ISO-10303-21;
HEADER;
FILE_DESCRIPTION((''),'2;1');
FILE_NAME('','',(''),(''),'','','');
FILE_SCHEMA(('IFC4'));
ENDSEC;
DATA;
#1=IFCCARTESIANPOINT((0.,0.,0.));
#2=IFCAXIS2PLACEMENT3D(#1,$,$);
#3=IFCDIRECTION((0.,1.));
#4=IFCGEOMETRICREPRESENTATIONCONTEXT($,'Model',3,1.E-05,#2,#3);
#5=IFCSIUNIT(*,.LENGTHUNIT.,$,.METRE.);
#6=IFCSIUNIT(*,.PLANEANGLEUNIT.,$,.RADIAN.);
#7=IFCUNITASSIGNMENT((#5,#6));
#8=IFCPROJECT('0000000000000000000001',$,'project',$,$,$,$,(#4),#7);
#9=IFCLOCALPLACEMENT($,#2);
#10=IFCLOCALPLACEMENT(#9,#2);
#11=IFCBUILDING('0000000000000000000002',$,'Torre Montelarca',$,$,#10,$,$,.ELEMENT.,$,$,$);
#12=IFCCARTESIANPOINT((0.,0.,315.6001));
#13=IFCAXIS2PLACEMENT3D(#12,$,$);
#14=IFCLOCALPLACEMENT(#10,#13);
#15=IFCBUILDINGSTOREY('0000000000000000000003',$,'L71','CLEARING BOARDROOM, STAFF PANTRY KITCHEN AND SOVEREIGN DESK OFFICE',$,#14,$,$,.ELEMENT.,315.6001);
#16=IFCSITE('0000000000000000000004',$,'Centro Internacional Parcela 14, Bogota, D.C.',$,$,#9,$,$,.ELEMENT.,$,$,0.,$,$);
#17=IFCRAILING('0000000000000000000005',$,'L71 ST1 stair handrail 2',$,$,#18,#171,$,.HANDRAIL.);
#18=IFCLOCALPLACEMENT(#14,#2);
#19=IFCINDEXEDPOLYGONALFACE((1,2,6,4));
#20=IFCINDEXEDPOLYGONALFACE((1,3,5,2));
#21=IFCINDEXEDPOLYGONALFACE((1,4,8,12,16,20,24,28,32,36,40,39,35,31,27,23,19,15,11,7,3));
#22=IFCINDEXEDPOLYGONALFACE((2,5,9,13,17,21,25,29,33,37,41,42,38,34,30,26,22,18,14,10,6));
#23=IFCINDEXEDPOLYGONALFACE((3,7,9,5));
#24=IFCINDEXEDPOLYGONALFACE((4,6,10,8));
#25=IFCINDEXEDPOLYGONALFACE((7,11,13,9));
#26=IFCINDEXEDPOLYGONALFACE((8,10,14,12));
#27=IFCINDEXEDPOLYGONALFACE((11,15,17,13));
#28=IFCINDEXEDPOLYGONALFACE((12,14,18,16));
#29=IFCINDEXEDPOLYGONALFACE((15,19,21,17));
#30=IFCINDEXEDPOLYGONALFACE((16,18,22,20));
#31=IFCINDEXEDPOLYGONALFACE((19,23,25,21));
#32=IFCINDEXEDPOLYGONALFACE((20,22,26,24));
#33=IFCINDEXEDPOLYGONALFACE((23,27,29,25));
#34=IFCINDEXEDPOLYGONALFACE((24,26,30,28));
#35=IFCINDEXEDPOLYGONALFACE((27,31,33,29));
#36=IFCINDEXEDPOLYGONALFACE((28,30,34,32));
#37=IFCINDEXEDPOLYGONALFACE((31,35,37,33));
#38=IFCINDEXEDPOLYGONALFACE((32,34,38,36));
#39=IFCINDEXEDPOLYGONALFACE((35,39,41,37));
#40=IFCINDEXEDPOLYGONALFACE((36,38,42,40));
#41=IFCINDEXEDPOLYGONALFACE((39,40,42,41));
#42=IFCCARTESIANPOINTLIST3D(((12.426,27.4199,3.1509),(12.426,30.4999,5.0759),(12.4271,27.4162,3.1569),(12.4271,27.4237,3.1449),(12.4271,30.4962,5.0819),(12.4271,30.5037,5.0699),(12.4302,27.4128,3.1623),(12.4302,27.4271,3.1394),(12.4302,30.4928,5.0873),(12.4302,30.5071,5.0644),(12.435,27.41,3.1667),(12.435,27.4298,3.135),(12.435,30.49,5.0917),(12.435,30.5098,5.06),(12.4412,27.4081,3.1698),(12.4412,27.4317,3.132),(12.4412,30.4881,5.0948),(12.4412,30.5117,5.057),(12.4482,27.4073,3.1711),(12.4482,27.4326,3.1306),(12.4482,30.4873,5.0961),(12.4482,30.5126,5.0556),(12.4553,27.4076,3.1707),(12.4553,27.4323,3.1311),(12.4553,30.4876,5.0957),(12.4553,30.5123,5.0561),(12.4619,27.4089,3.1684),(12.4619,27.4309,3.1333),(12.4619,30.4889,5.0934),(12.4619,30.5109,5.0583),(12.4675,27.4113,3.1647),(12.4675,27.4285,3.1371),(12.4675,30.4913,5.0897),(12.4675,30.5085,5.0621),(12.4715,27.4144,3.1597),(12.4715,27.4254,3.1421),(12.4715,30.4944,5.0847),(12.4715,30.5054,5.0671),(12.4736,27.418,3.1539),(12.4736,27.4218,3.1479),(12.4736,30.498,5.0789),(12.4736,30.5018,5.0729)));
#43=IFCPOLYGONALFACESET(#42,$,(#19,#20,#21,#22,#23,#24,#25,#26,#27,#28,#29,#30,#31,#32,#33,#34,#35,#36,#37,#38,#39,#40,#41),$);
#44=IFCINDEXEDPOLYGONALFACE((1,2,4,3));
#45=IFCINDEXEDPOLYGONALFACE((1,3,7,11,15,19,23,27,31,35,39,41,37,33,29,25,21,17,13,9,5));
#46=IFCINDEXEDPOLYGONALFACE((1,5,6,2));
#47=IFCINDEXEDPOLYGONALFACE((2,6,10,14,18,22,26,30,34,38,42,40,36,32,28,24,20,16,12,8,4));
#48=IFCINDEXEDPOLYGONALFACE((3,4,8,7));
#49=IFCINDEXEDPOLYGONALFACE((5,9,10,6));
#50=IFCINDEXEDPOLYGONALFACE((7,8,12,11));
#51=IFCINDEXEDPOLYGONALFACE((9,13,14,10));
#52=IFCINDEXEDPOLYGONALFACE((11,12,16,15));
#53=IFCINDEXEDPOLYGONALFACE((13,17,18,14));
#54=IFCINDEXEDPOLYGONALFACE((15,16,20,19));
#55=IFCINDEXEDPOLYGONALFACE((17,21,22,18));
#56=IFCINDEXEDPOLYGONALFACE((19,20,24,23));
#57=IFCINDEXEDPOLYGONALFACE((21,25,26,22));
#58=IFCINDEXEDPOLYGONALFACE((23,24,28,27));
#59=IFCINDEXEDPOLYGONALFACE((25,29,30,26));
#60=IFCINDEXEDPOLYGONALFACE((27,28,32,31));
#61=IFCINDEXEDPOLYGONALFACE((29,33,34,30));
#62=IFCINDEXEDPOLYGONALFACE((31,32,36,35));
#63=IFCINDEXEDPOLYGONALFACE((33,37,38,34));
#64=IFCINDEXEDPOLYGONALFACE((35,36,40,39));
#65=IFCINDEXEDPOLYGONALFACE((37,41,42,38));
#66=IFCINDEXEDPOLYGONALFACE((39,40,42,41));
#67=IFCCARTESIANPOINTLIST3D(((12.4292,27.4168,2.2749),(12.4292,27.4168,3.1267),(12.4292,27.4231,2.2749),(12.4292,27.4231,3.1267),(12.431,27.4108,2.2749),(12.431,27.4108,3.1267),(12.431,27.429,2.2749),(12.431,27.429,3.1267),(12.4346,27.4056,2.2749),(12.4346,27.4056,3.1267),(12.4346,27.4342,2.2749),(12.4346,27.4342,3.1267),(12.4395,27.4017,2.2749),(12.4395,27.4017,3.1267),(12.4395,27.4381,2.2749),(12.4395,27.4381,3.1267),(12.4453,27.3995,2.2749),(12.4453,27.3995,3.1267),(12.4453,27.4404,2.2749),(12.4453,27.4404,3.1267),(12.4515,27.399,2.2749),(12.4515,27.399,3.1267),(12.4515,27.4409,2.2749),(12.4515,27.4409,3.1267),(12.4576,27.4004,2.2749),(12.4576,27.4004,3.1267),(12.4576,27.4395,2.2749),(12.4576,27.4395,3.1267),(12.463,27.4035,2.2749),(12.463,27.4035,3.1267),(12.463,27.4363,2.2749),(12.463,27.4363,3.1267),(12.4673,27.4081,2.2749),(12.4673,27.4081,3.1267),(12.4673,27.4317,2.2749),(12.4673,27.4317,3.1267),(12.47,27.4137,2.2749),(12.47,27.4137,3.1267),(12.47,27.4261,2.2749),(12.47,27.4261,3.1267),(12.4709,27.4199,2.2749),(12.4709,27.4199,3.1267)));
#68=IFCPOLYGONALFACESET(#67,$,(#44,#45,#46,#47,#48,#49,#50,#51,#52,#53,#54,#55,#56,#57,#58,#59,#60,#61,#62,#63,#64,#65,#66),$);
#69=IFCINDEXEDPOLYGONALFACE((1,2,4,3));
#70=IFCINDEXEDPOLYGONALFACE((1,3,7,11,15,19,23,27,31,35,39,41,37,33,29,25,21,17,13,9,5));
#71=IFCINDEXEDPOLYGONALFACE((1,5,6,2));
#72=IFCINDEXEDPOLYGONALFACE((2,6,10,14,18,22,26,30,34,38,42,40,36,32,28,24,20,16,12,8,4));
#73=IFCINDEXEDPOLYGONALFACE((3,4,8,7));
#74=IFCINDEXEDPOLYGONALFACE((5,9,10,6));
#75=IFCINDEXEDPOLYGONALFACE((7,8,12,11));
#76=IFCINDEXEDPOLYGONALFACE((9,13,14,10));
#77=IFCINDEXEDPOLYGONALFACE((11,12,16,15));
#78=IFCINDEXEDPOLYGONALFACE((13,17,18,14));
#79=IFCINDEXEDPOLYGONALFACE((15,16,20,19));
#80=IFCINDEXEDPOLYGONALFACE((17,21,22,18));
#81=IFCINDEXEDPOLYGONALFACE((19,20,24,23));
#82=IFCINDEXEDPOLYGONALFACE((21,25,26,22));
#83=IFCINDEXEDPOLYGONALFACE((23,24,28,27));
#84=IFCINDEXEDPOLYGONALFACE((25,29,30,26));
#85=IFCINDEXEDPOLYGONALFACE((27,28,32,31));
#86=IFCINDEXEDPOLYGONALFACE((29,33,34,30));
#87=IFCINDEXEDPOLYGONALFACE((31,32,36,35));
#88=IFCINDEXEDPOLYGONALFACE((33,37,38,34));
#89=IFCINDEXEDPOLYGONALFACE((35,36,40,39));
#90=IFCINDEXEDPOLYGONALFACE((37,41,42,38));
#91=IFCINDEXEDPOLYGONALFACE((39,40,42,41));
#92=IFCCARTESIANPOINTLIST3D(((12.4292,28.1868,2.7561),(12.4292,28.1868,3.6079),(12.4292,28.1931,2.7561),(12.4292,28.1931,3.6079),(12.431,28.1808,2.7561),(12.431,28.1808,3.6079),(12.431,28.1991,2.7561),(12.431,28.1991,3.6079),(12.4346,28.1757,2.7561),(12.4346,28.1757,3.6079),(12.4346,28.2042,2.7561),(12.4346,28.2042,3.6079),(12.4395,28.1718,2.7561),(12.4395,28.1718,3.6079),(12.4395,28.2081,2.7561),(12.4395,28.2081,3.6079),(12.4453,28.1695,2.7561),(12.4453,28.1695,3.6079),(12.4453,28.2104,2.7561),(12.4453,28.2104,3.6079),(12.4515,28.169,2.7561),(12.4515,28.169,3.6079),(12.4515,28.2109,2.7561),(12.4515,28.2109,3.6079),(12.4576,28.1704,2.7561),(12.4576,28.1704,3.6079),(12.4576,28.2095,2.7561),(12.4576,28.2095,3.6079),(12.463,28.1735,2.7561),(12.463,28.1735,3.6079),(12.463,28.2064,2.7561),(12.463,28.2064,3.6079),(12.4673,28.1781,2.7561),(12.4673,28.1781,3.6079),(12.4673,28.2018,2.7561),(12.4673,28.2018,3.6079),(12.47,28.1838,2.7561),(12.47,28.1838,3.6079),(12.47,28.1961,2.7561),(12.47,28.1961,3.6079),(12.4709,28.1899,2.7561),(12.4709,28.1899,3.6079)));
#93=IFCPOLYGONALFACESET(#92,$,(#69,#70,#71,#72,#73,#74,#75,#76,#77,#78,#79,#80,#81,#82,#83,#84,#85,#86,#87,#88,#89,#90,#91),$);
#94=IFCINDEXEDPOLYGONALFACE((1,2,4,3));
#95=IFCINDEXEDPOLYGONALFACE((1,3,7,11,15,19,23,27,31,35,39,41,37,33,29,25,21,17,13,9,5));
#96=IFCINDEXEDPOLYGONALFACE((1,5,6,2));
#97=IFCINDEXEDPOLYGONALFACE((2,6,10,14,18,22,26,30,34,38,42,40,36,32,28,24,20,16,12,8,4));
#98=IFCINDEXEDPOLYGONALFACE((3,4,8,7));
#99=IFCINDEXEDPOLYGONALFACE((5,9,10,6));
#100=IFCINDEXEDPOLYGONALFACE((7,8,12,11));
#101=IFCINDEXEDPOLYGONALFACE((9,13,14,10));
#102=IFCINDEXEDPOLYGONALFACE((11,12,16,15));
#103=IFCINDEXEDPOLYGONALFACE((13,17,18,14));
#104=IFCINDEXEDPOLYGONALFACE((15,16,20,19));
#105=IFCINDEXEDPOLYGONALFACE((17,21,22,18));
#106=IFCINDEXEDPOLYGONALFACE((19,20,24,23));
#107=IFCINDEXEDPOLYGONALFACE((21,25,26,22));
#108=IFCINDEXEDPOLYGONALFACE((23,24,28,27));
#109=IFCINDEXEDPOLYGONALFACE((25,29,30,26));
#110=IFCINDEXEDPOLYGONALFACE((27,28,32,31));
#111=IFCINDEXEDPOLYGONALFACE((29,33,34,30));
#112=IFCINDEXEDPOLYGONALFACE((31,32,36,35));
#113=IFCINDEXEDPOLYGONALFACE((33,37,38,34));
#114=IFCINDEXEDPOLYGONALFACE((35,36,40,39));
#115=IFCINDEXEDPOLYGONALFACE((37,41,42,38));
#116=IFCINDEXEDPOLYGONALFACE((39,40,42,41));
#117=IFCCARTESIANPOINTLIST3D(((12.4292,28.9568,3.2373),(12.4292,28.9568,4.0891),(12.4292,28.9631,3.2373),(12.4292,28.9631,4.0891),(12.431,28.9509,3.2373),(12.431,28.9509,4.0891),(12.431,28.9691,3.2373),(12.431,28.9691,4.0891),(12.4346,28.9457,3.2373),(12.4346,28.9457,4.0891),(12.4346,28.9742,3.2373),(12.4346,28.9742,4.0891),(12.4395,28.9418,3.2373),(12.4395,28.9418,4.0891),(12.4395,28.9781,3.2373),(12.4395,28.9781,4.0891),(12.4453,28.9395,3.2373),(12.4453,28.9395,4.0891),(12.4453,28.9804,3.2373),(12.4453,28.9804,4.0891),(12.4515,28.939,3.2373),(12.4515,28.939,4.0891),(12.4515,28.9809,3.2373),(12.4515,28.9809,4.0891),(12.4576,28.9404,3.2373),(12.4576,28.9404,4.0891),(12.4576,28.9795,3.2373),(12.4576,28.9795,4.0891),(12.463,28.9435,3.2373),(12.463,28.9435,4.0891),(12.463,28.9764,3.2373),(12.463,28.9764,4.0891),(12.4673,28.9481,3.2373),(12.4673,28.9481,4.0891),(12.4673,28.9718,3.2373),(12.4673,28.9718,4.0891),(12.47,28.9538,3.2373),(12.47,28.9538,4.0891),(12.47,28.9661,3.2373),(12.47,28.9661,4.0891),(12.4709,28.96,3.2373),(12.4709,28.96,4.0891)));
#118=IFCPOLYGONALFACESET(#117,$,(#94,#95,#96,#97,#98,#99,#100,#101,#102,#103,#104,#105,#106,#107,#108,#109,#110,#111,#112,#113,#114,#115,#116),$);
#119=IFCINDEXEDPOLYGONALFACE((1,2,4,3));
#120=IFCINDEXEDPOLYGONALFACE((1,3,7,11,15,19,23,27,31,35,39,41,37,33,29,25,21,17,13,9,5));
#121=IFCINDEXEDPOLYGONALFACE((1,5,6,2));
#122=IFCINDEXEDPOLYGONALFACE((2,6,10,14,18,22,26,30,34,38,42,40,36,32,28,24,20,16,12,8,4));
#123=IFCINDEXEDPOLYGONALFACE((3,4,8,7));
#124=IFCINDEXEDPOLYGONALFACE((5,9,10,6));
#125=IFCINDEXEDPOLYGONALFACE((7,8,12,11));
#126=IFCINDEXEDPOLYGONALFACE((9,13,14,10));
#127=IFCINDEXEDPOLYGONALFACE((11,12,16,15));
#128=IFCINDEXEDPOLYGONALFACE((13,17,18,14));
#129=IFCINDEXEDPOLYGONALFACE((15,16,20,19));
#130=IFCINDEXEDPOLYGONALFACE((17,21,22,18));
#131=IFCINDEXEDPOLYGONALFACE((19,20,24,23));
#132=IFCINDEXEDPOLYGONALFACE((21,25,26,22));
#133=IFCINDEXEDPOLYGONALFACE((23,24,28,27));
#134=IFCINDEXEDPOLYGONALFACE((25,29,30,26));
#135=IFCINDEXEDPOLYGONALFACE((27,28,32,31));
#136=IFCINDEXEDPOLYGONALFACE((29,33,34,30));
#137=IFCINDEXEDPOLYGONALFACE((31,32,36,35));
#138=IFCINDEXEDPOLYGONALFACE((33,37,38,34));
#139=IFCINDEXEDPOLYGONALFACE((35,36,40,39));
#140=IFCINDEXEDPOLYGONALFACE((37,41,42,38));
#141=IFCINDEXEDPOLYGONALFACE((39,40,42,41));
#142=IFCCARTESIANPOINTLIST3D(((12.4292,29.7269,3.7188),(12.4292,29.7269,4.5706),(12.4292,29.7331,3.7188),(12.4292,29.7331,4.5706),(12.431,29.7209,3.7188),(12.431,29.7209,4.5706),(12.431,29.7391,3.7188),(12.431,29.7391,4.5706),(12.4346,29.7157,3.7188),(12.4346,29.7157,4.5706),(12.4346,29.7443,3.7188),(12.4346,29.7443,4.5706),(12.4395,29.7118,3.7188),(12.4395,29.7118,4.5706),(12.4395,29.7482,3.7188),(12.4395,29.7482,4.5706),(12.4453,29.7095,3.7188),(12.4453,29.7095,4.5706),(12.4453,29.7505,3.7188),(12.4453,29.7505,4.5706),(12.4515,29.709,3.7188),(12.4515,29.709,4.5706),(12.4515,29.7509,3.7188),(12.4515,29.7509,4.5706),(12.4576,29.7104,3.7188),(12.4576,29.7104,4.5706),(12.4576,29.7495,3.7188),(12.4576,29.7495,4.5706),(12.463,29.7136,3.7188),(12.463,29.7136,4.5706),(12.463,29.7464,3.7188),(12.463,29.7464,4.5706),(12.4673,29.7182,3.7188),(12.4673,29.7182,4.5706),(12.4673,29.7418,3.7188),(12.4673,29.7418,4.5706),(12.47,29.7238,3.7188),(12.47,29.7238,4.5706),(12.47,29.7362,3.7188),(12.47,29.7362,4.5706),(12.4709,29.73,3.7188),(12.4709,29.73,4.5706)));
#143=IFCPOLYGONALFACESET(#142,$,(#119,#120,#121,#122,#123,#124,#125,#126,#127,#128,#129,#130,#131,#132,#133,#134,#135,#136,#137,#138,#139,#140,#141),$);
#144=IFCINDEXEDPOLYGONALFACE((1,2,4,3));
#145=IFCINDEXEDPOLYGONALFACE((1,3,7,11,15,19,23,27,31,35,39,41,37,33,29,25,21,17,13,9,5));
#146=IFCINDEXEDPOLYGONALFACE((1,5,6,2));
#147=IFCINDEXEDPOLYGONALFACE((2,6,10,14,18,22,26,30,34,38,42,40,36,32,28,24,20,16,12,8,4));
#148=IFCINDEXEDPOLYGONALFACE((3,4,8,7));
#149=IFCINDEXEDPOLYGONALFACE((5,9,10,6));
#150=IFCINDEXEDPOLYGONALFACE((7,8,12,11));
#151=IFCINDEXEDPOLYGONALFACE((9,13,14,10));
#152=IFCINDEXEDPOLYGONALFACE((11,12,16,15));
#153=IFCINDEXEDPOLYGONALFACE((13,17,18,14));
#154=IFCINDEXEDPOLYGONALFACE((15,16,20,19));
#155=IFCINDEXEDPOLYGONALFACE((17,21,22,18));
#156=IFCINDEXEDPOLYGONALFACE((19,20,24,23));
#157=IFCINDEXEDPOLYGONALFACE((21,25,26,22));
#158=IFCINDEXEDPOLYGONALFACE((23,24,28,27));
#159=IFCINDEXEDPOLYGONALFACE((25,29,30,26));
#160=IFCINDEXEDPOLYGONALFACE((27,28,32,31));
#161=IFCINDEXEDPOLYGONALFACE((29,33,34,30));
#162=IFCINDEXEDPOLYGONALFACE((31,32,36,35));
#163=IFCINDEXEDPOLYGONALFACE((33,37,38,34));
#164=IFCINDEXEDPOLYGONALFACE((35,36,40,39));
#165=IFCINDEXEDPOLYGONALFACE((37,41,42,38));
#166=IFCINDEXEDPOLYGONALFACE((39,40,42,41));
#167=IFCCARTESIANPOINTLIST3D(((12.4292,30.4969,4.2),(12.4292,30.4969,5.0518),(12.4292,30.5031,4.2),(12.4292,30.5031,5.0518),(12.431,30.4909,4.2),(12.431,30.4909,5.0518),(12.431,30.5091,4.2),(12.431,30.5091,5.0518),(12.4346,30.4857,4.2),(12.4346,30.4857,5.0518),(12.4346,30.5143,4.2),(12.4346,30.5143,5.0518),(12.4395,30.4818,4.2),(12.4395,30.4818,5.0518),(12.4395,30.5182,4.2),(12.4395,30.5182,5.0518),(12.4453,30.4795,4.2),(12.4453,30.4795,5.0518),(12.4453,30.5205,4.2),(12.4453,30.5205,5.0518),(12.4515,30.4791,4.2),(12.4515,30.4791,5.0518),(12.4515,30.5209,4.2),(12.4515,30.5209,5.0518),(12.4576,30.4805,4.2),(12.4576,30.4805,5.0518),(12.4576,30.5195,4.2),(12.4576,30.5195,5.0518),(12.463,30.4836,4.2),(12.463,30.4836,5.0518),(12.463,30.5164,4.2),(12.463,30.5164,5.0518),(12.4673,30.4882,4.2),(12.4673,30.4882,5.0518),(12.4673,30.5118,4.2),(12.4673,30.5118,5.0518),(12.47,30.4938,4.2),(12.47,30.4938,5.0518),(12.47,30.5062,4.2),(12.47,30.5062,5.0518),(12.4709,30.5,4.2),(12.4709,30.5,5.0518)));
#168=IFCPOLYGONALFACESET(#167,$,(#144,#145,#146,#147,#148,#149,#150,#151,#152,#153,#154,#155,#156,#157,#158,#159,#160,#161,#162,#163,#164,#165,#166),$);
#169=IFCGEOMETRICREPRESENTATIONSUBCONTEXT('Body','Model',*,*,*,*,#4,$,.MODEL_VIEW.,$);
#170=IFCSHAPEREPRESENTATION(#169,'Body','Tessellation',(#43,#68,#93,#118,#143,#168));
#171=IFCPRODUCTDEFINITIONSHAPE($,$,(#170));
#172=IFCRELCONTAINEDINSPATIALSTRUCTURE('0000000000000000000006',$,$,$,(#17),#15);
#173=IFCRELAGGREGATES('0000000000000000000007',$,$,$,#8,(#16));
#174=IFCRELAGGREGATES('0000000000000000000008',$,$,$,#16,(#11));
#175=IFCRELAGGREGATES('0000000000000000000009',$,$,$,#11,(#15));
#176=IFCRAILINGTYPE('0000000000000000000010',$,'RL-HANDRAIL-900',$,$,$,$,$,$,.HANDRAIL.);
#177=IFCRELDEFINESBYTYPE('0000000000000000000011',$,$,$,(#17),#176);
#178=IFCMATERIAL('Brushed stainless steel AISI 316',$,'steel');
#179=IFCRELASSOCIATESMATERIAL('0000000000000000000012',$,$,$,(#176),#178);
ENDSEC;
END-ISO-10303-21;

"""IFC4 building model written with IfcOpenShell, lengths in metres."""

from ifc_helpers import new_model, si_unit, direction, frame, origin, origin_2d, place, context, subcontext, project, spatial, circle, extrude, material, type_object, element, save


model = new_model("IFC4")

# Units and contexts
model_context = context("Model", 3, precision=1e-05, world=origin(), true_north=direction((0.0, 1.0)))
body_context = subcontext(model_context, "Body", "Model", "MODEL_VIEW")
ifc_project = project(units=[si_unit("LENGTHUNIT", "METRE"), si_unit("PLANEANGLEUNIT", "RADIAN")], contexts=[model_context])

# Site, building, storey
site_placement = place(None, origin())
site = spatial("IfcSite", under=ifc_project, at=site_placement, Name="Centro Internacional Parcela 14, Bogota, D.C.", CompositionType="ELEMENT", RefElevation=0.0)
building_placement = place(site_placement, origin())
building = spatial("IfcBuilding", under=site, at=building_placement, Name="Torre Montelarca", CompositionType="ELEMENT")
storey_placement = place(building_placement, frame((0.0, 0.0, 315.6001)))
storey = spatial("IfcBuildingStorey", under=building, at=storey_placement, Name="L71", Description="CLEARING BOARDROOM, STAFF PANTRY KITCHEN AND SOVEREIGN DESK OFFICE", CompositionType="ELEMENT", Elevation=315.6001)

# Railing
ifc_material_1 = material(Name="Brushed stainless steel AISI 316", Category="steel")
railing_type_1 = type_object("IfcRailingType", Name="RL-HANDRAIL-900", PredefinedType="HANDRAIL", material=ifc_material_1)
railing_1_placement = place(storey_placement, frame((12.45, 27.4199, 2.2749)))
element("IfcRailing", 1, at=railing_1_placement, inside=storey, type_object=railing_type_1, Name="L71 ST1 stair handrail 2", PredefinedType="HANDRAIL", context=body_context, shape_type="SweptSolid", body=[
    extrude(circle(Radius=0.0239, at=origin_2d()), frame((0.0, 0.0, 0.876), z_axis=(0.0, 0.847998, 0.529999), x_axis=(-1.0, 0.0, 0.0)), (0.0, 0.0, 1.0), 3.6321),
    extrude(circle(Radius=0.021, at=origin_2d()), origin(), (0.0, 0.0, 1.0), 0.8518),
    extrude(circle(Radius=0.021, at=origin_2d()), frame((0.0, 0.77, 0.4812)), (0.0, 0.0, 1.0), 0.8518),
    extrude(circle(Radius=0.021, at=origin_2d()), frame((0.0, 1.54, 0.9624)), (0.0, 0.0, 1.0), 0.8518),
    extrude(circle(Radius=0.021, at=origin_2d()), frame((0.0, 2.3101, 1.4438)), (0.0, 0.0, 1.0), 0.8518),
    extrude(circle(Radius=0.021, at=origin_2d()), frame((0.0, 3.0801, 1.925)), (0.0, 0.0, 1.0), 0.8518),
])

save(model, "model.ifc")
